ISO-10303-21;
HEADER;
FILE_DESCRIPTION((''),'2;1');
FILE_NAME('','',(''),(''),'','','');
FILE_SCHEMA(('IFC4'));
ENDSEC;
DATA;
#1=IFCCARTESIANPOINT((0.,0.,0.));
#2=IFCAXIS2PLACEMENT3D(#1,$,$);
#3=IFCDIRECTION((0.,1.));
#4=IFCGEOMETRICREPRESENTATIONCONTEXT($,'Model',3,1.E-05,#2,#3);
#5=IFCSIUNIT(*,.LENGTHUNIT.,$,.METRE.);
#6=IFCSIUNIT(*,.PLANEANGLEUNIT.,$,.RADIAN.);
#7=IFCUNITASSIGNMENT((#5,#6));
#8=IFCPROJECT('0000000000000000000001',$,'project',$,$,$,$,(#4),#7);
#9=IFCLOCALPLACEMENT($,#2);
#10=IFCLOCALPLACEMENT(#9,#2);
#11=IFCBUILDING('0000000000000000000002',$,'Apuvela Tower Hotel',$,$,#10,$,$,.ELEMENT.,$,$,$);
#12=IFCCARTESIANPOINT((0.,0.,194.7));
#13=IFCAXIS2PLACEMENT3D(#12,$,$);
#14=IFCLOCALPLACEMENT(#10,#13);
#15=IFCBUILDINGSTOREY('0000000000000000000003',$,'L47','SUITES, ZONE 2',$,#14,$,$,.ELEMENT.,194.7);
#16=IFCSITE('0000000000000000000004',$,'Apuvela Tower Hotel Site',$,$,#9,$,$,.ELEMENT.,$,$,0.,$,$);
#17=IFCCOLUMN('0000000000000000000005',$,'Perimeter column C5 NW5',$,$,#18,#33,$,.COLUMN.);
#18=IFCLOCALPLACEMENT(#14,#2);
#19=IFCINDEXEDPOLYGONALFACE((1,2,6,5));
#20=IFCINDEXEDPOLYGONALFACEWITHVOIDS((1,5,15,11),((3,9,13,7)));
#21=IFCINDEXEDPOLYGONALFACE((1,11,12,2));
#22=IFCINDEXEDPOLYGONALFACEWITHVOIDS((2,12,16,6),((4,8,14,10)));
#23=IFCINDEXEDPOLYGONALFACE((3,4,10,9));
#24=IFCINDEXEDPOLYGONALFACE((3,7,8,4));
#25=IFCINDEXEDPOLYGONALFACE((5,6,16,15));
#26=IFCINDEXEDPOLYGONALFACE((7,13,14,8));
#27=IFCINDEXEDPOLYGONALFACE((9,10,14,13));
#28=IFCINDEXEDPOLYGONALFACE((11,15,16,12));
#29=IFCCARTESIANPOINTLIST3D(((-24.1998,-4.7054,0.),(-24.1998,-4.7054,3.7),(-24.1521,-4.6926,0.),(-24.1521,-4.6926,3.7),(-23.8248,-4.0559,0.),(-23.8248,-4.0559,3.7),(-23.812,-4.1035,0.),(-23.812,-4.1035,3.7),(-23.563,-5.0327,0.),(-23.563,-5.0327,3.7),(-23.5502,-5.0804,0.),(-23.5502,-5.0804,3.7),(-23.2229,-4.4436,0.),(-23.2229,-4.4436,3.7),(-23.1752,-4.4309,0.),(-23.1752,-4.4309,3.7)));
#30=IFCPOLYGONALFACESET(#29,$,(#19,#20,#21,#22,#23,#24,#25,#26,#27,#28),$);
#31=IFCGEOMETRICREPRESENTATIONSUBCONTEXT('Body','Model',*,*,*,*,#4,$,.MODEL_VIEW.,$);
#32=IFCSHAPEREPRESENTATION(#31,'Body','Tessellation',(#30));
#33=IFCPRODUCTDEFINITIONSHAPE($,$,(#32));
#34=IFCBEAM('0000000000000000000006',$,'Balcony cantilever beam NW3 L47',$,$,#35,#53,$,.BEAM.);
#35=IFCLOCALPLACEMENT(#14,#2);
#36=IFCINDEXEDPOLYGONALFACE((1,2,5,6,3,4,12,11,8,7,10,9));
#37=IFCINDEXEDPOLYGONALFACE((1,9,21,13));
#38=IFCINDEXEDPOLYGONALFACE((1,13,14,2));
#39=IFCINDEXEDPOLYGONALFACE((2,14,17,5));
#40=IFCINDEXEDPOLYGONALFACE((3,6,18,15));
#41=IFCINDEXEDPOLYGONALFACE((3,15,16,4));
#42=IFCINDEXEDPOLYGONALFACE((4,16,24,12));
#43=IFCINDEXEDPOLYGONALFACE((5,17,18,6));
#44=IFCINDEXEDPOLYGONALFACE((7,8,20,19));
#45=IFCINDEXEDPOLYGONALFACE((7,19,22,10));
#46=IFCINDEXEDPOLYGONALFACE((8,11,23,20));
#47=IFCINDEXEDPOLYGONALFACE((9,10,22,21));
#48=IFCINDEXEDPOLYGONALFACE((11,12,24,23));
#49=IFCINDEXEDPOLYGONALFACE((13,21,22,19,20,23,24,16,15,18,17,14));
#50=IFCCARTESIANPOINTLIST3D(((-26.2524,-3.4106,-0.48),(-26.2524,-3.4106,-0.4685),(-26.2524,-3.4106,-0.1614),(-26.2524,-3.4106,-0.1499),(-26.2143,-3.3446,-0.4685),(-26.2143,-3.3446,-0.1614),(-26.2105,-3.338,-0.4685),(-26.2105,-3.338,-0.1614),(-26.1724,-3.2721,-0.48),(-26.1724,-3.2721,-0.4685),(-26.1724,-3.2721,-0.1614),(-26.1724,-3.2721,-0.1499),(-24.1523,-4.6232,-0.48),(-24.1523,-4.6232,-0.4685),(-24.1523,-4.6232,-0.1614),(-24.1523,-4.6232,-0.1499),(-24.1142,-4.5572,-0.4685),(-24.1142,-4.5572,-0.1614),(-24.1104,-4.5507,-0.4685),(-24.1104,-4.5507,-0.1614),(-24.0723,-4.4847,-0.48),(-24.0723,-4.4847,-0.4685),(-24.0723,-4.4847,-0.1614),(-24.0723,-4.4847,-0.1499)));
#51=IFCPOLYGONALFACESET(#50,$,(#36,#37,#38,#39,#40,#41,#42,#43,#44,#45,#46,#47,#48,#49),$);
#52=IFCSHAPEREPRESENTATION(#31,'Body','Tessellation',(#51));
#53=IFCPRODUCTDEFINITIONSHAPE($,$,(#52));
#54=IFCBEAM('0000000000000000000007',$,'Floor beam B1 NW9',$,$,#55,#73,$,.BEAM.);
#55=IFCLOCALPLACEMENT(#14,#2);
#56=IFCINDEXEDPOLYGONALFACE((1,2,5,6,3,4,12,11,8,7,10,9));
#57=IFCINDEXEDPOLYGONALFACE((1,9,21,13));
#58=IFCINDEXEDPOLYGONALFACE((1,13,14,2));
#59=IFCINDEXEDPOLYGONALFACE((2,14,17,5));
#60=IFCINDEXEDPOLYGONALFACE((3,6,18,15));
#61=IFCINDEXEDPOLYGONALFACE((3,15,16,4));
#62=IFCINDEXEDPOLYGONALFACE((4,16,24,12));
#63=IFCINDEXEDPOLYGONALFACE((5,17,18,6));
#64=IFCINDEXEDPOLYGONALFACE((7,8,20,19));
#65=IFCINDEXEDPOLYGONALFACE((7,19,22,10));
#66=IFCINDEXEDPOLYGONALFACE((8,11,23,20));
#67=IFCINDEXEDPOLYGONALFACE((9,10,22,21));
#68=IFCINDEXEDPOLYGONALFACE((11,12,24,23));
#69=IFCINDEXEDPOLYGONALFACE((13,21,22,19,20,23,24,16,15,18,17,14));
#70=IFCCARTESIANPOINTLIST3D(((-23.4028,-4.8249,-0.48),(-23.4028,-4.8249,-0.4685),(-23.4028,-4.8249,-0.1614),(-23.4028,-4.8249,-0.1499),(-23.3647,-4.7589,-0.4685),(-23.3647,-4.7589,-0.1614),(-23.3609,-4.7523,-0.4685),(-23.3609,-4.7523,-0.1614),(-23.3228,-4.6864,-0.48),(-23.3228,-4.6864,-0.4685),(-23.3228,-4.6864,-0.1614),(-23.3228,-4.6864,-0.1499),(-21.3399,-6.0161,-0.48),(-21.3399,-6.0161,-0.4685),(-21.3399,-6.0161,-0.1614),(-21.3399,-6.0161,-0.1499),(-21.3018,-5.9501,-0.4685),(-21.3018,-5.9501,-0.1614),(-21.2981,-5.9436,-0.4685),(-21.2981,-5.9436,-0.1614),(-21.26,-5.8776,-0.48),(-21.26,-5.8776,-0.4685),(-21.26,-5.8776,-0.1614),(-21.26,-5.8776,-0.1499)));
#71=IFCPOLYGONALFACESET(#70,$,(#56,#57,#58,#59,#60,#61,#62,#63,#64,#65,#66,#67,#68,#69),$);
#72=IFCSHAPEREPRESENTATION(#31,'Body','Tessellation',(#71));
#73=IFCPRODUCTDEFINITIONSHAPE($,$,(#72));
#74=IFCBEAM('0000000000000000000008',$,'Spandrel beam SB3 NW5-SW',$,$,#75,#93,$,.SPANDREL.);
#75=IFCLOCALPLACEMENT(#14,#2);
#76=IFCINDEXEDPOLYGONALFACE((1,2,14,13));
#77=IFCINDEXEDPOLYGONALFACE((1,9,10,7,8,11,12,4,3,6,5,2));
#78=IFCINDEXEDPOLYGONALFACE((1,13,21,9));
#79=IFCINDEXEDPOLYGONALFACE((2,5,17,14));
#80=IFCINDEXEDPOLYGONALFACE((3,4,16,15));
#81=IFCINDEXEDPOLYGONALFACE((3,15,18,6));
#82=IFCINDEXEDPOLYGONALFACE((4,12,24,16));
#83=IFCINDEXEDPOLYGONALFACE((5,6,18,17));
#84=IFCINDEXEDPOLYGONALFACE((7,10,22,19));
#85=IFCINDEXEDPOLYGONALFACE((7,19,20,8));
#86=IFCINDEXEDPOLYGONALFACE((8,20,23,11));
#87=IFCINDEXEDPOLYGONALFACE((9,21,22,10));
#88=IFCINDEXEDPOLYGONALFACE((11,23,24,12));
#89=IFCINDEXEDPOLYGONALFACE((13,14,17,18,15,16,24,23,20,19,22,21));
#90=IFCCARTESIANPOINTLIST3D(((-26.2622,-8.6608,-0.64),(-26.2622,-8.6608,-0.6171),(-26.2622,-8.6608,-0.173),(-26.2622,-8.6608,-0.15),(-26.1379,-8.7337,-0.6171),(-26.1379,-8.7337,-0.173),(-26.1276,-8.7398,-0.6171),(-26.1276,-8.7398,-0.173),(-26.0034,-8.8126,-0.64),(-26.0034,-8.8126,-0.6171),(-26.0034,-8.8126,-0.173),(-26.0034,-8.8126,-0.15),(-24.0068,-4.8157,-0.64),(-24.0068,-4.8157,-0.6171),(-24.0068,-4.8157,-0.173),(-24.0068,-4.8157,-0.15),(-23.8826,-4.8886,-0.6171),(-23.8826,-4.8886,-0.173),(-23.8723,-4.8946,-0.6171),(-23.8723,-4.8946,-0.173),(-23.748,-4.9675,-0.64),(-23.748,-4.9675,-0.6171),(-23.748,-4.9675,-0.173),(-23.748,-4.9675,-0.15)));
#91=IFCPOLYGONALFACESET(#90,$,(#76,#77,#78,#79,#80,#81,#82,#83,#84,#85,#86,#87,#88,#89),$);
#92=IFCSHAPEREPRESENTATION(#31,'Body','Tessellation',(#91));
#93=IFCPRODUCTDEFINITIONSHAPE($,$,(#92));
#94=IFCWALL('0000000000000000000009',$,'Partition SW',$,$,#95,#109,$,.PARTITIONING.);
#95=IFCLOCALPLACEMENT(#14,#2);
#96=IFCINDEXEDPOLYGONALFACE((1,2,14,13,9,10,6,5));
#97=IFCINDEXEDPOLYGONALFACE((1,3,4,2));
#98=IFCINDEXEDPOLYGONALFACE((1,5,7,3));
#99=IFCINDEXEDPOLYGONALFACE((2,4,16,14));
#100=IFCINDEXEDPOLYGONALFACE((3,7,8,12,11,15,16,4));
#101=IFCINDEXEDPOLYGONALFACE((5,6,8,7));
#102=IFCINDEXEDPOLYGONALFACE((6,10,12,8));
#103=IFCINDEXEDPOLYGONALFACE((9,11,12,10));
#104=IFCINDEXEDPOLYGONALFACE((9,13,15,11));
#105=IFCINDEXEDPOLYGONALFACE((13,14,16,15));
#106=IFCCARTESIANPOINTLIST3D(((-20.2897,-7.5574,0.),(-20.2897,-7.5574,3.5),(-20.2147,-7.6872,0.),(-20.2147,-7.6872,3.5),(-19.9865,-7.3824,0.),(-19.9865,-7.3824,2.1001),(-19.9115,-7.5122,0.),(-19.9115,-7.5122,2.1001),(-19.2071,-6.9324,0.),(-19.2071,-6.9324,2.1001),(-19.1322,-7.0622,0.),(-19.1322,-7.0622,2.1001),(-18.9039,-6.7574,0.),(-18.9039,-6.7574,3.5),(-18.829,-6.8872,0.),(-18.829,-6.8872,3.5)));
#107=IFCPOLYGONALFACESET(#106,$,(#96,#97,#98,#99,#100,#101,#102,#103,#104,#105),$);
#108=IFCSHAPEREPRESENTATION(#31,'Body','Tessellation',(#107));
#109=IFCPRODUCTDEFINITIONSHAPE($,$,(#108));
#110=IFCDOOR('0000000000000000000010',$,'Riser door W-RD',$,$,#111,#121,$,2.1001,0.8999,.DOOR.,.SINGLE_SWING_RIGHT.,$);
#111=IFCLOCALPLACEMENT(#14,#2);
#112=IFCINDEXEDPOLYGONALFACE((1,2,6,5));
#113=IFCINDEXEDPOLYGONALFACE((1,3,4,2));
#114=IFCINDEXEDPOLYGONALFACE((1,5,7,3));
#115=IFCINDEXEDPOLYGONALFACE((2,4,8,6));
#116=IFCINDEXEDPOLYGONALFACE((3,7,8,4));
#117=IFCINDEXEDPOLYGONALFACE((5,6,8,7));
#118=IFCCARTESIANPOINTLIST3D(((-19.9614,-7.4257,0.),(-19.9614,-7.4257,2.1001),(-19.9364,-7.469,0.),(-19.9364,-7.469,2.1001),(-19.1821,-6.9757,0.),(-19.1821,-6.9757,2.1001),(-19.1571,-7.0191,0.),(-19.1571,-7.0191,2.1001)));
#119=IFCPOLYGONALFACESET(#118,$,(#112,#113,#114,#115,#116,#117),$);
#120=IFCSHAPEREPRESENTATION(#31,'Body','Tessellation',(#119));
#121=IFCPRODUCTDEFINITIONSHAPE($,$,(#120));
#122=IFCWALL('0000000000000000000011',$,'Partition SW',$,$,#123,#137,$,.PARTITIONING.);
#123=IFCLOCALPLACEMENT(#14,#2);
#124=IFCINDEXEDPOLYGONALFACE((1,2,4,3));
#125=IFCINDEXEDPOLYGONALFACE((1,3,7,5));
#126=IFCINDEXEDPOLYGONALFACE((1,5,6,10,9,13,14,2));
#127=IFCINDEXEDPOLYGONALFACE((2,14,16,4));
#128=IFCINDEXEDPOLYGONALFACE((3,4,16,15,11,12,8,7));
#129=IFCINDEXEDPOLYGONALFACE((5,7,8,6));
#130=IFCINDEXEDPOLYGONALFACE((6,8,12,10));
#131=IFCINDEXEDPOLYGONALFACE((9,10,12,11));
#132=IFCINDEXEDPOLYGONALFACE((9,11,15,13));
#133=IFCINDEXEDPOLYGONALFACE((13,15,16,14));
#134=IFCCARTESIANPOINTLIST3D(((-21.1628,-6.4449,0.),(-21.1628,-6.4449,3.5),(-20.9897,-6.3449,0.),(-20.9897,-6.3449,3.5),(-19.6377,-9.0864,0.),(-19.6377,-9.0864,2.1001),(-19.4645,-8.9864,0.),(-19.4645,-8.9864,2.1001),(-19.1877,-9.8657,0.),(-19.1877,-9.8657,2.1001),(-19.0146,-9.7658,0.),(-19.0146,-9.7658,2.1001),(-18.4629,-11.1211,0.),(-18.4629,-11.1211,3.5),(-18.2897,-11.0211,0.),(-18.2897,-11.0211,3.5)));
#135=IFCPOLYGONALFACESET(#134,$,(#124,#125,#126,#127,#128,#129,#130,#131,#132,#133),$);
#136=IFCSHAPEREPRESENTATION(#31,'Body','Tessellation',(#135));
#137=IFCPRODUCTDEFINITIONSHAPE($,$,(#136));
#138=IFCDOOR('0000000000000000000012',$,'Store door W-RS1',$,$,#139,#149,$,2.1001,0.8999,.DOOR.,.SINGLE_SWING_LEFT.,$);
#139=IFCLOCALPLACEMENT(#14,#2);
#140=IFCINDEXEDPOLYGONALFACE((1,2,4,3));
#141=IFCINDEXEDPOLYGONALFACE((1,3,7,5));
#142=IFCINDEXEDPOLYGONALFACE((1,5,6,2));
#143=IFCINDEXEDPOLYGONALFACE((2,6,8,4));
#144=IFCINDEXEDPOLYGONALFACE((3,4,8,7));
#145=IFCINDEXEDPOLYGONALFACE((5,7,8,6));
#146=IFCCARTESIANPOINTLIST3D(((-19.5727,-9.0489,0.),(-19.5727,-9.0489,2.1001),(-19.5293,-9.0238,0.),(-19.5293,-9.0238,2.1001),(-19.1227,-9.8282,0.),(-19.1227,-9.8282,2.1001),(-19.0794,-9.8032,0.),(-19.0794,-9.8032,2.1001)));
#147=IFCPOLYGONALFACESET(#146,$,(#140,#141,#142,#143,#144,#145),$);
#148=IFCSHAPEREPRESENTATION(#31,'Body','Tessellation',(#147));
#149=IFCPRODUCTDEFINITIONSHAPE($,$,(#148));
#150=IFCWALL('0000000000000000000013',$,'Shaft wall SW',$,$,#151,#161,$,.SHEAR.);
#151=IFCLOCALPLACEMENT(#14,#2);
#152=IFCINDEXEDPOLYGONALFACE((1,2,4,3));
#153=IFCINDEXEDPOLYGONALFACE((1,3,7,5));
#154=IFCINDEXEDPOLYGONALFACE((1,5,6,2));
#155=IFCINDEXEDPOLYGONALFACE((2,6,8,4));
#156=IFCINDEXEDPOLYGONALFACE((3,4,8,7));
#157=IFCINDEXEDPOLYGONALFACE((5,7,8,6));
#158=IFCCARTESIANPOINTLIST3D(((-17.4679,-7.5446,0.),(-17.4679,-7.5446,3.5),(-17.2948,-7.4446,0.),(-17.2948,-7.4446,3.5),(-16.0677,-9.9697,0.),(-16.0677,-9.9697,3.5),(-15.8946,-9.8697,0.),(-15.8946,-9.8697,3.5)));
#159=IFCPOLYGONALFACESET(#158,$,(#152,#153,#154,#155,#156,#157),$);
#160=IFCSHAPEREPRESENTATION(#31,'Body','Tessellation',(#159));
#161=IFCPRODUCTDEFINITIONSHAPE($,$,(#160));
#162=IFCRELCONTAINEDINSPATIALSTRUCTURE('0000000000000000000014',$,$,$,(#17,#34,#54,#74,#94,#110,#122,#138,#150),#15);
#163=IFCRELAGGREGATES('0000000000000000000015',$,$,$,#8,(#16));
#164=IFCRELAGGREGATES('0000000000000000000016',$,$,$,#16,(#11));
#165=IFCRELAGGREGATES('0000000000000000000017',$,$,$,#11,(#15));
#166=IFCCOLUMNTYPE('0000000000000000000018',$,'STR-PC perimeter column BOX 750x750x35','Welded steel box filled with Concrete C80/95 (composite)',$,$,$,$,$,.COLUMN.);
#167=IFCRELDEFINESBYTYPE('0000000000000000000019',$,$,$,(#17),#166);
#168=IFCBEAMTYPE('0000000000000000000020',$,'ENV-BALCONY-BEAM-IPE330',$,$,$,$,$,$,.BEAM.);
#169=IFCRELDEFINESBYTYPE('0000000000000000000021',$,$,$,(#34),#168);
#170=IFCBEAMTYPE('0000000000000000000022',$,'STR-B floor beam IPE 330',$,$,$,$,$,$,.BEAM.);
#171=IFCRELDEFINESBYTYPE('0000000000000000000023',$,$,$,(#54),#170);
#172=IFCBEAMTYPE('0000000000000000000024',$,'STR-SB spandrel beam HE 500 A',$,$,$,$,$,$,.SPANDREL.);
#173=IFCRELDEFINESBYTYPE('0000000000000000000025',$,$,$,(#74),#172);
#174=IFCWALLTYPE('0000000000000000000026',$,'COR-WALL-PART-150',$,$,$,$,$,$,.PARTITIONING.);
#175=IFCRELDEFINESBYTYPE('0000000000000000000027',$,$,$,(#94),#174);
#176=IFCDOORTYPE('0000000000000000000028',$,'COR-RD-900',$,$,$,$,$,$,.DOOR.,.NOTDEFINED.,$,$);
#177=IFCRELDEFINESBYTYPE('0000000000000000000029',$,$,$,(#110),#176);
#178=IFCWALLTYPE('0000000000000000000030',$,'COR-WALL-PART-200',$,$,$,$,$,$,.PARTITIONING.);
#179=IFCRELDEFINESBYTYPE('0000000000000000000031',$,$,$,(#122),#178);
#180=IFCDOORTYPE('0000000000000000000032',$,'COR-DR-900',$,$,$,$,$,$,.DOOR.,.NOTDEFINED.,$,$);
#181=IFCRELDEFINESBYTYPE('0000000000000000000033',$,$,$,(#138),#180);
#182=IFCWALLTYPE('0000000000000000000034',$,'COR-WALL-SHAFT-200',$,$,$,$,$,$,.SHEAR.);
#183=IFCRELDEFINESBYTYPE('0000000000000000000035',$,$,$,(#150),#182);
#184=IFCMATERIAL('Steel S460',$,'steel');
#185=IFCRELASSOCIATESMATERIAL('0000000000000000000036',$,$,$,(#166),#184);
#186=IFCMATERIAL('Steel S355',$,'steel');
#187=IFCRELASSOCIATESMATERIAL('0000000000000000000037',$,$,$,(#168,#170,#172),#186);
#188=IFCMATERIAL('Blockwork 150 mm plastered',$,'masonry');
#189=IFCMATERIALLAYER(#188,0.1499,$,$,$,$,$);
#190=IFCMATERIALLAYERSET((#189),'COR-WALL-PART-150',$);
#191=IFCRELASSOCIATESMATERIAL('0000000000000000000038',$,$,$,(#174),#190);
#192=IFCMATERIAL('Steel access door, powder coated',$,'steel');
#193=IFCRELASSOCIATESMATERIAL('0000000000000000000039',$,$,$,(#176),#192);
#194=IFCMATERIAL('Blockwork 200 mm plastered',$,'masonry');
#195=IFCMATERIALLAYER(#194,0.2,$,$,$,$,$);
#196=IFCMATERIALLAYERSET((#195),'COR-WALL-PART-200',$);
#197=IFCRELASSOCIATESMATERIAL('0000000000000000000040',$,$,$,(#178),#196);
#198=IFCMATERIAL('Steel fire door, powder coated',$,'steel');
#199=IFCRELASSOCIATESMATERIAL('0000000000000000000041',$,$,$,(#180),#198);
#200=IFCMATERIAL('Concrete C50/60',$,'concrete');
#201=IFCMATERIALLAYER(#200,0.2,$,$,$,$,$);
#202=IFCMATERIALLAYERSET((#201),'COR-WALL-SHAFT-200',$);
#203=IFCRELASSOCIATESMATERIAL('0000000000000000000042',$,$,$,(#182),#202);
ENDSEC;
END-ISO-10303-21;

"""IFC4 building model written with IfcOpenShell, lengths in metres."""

from ifc_helpers import new_model, si_unit, direction, frame, frame_2d, origin, origin_2d, place, context, subcontext, project, spatial, rectangle, hollow_rectangle, i_section, extrude, material, layer, layer_set, material_profile, profile_set, type_object, element, fill, save


model = new_model("IFC4")

# Units and contexts
model_context = context("Model", 3, precision=1e-05, world=origin(), true_north=direction((0.0, 1.0)))
body_context = subcontext(model_context, "Body", "Model", "MODEL_VIEW")
ifc_project = project(units=[si_unit("LENGTHUNIT", "METRE"), si_unit("PLANEANGLEUNIT", "RADIAN")], contexts=[model_context])

# Site, building, storey
site_placement = place(None, origin())
site = spatial("IfcSite", under=ifc_project, at=site_placement, Name="Apuvela Tower Hotel Site", CompositionType="ELEMENT", RefElevation=0.0)
building_placement = place(site_placement, origin())
building = spatial("IfcBuilding", under=site, at=building_placement, Name="Apuvela Tower Hotel", CompositionType="ELEMENT")
storey_placement = place(building_placement, frame((0.0, 0.0, 194.7)))
storey = spatial("IfcBuildingStorey", under=building, at=storey_placement, Name="L47", Description="SUITES, ZONE 2", CompositionType="ELEMENT", Elevation=194.7)

# Column
ifc_material_1 = material(Name="Steel S460", Category="steel")
ifc_material_profile_1 = material_profile(ifc_material_1, hollow_rectangle(XDim=0.75, YDim=0.75, WallThickness=0.0349, at=origin_2d()), Name="BOX 750x750x35")
ifc_material_2 = material(Name="Concrete C80/95", Category="concrete")
ifc_material_profile_2 = material_profile(ifc_material_2, rectangle(XDim=0.6799, YDim=0.6799, at=origin_2d()), Name="Concrete C80/95 infill")
ifc_profile_set_1 = profile_set([ifc_material_profile_1, ifc_material_profile_2], Name="Steel S460")
column_type = type_object("IfcColumnType", Name="STR-PC perimeter column BOX 750x750x35", Description="Welded steel box filled with Concrete C80/95 (composite)", PredefinedType="COLUMN", material=ifc_profile_set_1)
column_placement = place(storey_placement, frame((-23.6875, -4.5681, 0.0), z_axis=(0.0, 0.0, 1.0), x_axis=(0.5, 0.866025, 0.0)))
element("IfcColumn", 1, at=column_placement, inside=storey, type_object=column_type, Name="Perimeter column C5 NW5", PredefinedType="COLUMN", context=body_context, shape_type="SweptSolid", body=[
    extrude(hollow_rectangle(XDim=0.75, YDim=0.75, WallThickness=0.0349, at=origin_2d()), origin(), (0.0, 0.0, 1.0), 3.7),
])

# Beams
ifc_material_3 = material(Name="Steel S355", Category="steel")
ifc_material_profile_3 = material_profile(ifc_material_3, i_section(OverallWidth=0.1599, OverallDepth=0.3301, WebThickness=0.0076, FlangeThickness=0.0115, at=origin_2d()), Name="IPE 330")
ifc_profile_set_2 = profile_set([ifc_material_profile_3], Name="Steel S355")
beam_type_1 = type_object("IfcBeamType", Name="ENV-BALCONY-BEAM-IPE330", PredefinedType="BEAM", material=ifc_profile_set_2)
beam_1_placement = place(storey_placement, frame((-24.1123, -4.554, -0.3149), z_axis=(-0.865998, 0.500048, 0.0), x_axis=(-0.500048, -0.865998, 0.0)))
element("IfcBeam", 2, at=beam_1_placement, inside=storey, type_object=beam_type_1, Name="Balcony cantilever beam NW3 L47", PredefinedType="BEAM", context=body_context, shape_type="SweptSolid", body=[
    extrude(i_section(OverallWidth=0.1599, OverallDepth=0.3301, WebThickness=0.0076, FlangeThickness=0.0115, at=origin_2d()), origin(), (0.0, 0.0, 1.0), 2.425),
])
ifc_material_profile_4 = material_profile(ifc_material_3, i_section(OverallWidth=0.1599, OverallDepth=0.3301, WebThickness=0.0076, FlangeThickness=0.0115, at=origin_2d()), Name="IPE 330")
ifc_profile_set_3 = profile_set([ifc_material_profile_4], Name="Steel S355")
beam_type_2 = type_object("IfcBeamType", Name="STR-B floor beam IPE 330", PredefinedType="BEAM", material=ifc_profile_set_3)
beam_2_placement = place(storey_placement, frame((-23.3628, -4.7556, -0.3149), z_axis=(0.865982, -0.500074, 0.0), x_axis=(0.500074, 0.865982, 0.0)))
element("IfcBeam", 3, at=beam_2_placement, inside=storey, type_object=beam_type_2, Name="Floor beam B1 NW9", PredefinedType="BEAM", context=body_context, shape_type="SweptSolid", body=[
    extrude(i_section(OverallWidth=0.1599, OverallDepth=0.3301, WebThickness=0.0076, FlangeThickness=0.0115, at=origin_2d()), origin(), (0.0, 0.0, 1.0), 2.3821),
])
ifc_material_profile_5 = material_profile(ifc_material_3, i_section(OverallWidth=0.3, OverallDepth=0.49, WebThickness=0.012, FlangeThickness=0.0229, at=origin_2d()), Name="HE 500 A")
ifc_profile_set_4 = profile_set([ifc_material_profile_5], Name="Steel S355")
beam_type_3 = type_object("IfcBeamType", Name="STR-SB spandrel beam HE 500 A", PredefinedType="SPANDREL", material=ifc_profile_set_4)
beam_3_placement = place(storey_placement, frame((-23.8774, -4.8916, -0.395), z_axis=(-0.505933, -0.862573, 0.0), x_axis=(0.862573, -0.505933, 0.0)))
element("IfcBeam", 4, at=beam_3_placement, inside=storey, type_object=beam_type_3, Name="Spandrel beam SB3 NW5-SW", PredefinedType="SPANDREL", context=body_context, shape_type="SweptSolid", body=[
    extrude(i_section(OverallWidth=0.3, OverallDepth=0.49, WebThickness=0.012, FlangeThickness=0.0229, at=origin_2d()), origin(), (0.0, 0.0, 1.0), 4.4578),
])

# Walls, openings, doors
ifc_material_4 = material(Name="Blockwork 150 mm plastered", Category="masonry")
ifc_layer_1 = layer(ifc_material_4, 0.1499)
ifc_layer_set_1 = layer_set([ifc_layer_1], Name="COR-WALL-PART-150")
wall_type_1 = type_object("IfcWallType", Name="COR-WALL-PART-150", PredefinedType="PARTITIONING", material=ifc_layer_set_1)
wall_1_placement = place(storey_placement, frame((-18.8665, -6.8223, 0.0), z_axis=(0.0, 0.0, 1.0), x_axis=(-0.866028, -0.499995, 0.0)))
wall_1 = element("IfcWall", 5, at=wall_1_placement, inside=storey, type_object=wall_type_1, Name="Partition SW", PredefinedType="PARTITIONING", context=body_context, shape_type="SweptSolid", body=[
    extrude(rectangle(XDim=1.6001, YDim=0.1499, at=frame_2d((0.8, 0.0))), origin(), (0.0, 0.0, 1.0), 3.5),
])
opening_1_placement = place(wall_1_placement, frame((0.3501, 0.0, 0.0)))
opening_1 = element("IfcOpeningElement", 6, at=opening_1_placement, cuts=wall_1, PredefinedType="OPENING", context=body_context, shape_type="SweptSolid", body=[
    extrude(rectangle(XDim=0.8999, YDim=2.1001, at=frame_2d((0.45, 1.05))), frame((0.0, 0.085, 0.0), z_axis=(0.0, -1.0, 0.0), x_axis=(1.0, 0.0, 0.0)), (0.0, 0.0, 1.0), 0.1699),
])
ifc_material_5 = material(Name="Steel access door, powder coated", Category="steel")
door_type_1 = type_object("IfcDoorType", Name="COR-RD-900", OperationType="NOTDEFINED", PredefinedType="DOOR", material=ifc_material_5)
door_1_placement = place(opening_1_placement, frame((0.8999, 0.0, 0.0), z_axis=(0.0, 0.0, 1.0), x_axis=(-1.0, 0.0, 0.0)))
door_1 = element("IfcDoor", 7, at=door_1_placement, inside=storey, type_object=door_type_1, Name="Riser door W-RD", OperationType="SINGLE_SWING_RIGHT", OverallHeight=2.1001, OverallWidth=0.8999, PredefinedType="DOOR", context=body_context, shape_type="SweptSolid", body=[
    extrude(rectangle(XDim=0.8999, YDim=2.1001, at=frame_2d((0.45, 1.05))), frame((0.0, 0.0249, 0.0), z_axis=(0.0, -1.0, 0.0), x_axis=(1.0, 0.0, 0.0)), (0.0, 0.0, 1.0), 0.05),
])
fill(opening_1, door_1)
ifc_material_6 = material(Name="Blockwork 200 mm plastered", Category="masonry")
ifc_layer_2 = layer(ifc_material_6, 0.2)
ifc_layer_set_2 = layer_set([ifc_layer_2], Name="COR-WALL-PART-200")
wall_type_2 = type_object("IfcWallType", Name="COR-WALL-PART-200", PredefinedType="PARTITIONING", material=ifc_layer_set_2)
wall_2_placement = place(storey_placement, frame((-21.0762, -6.395, 0.0), z_axis=(0.0, 0.0, 1.0), x_axis=(0.500015, -0.866017, 0.0)))
wall_2 = element("IfcWall", 8, at=wall_2_placement, inside=storey, type_object=wall_type_2, Name="Partition SW", PredefinedType="PARTITIONING", context=body_context, shape_type="SweptSolid", body=[
    extrude(rectangle(XDim=5.3997, YDim=0.2, at=frame_2d((2.6997, 0.0))), origin(), (0.0, 0.0, 1.0), 3.5),
])
opening_2_placement = place(wall_2_placement, frame((3.05, 0.0, 0.0)))
opening_2 = element("IfcOpeningElement", 9, at=opening_2_placement, cuts=wall_2, PredefinedType="OPENING", context=body_context, shape_type="SweptSolid", body=[
    extrude(rectangle(XDim=0.8999, YDim=2.1001, at=frame_2d((0.45, 1.05))), frame((0.0, 0.1099, 0.0), z_axis=(0.0, -1.0, 0.0), x_axis=(1.0, 0.0, 0.0)), (0.0, 0.0, 1.0), 0.22),
])
ifc_material_7 = material(Name="Steel fire door, powder coated", Category="steel")
door_type_2 = type_object("IfcDoorType", Name="COR-DR-900", OperationType="NOTDEFINED", PredefinedType="DOOR", material=ifc_material_7)
door_2_placement = place(opening_2_placement, frame((0.8999, 0.0, 0.0), z_axis=(0.0, 0.0, 1.0), x_axis=(-1.0, 0.0, 0.0)))
door_2 = element("IfcDoor", 10, at=door_2_placement, inside=storey, type_object=door_type_2, Name="Store door W-RS1", OperationType="SINGLE_SWING_LEFT", OverallHeight=2.1001, OverallWidth=0.8999, PredefinedType="DOOR", context=body_context, shape_type="SweptSolid", body=[
    extrude(rectangle(XDim=0.8999, YDim=2.1001, at=frame_2d((0.45, 1.05))), frame((0.0, 0.0249, 0.0), z_axis=(0.0, -1.0, 0.0), x_axis=(1.0, 0.0, 0.0)), (0.0, 0.0, 1.0), 0.05),
])
fill(opening_2, door_2)

# Wall
ifc_material_8 = material(Name="Concrete C50/60", Category="concrete")
ifc_layer_3 = layer(ifc_material_8, 0.2)
ifc_layer_set_3 = layer_set([ifc_layer_3], Name="COR-WALL-SHAFT-200")
wall_type_3 = type_object("IfcWallType", Name="COR-WALL-SHAFT-200", PredefinedType="SHEAR", material=ifc_layer_set_3)
wall_3_placement = place(storey_placement, frame((-17.3813, -7.4946, 0.0), z_axis=(0.0, 0.0, 1.0), x_axis=(0.500012, -0.866019, 0.0)))
element("IfcWall", 11, at=wall_3_placement, inside=storey, type_object=wall_type_3, Name="Shaft wall SW", PredefinedType="SHEAR", context=body_context, shape_type="SweptSolid", body=[
    extrude(rectangle(XDim=2.8003, YDim=0.2, at=frame_2d((1.4001, 0.0))), origin(), (0.0, 0.0, 1.0), 3.5),
])

save(model, "model.ifc")
